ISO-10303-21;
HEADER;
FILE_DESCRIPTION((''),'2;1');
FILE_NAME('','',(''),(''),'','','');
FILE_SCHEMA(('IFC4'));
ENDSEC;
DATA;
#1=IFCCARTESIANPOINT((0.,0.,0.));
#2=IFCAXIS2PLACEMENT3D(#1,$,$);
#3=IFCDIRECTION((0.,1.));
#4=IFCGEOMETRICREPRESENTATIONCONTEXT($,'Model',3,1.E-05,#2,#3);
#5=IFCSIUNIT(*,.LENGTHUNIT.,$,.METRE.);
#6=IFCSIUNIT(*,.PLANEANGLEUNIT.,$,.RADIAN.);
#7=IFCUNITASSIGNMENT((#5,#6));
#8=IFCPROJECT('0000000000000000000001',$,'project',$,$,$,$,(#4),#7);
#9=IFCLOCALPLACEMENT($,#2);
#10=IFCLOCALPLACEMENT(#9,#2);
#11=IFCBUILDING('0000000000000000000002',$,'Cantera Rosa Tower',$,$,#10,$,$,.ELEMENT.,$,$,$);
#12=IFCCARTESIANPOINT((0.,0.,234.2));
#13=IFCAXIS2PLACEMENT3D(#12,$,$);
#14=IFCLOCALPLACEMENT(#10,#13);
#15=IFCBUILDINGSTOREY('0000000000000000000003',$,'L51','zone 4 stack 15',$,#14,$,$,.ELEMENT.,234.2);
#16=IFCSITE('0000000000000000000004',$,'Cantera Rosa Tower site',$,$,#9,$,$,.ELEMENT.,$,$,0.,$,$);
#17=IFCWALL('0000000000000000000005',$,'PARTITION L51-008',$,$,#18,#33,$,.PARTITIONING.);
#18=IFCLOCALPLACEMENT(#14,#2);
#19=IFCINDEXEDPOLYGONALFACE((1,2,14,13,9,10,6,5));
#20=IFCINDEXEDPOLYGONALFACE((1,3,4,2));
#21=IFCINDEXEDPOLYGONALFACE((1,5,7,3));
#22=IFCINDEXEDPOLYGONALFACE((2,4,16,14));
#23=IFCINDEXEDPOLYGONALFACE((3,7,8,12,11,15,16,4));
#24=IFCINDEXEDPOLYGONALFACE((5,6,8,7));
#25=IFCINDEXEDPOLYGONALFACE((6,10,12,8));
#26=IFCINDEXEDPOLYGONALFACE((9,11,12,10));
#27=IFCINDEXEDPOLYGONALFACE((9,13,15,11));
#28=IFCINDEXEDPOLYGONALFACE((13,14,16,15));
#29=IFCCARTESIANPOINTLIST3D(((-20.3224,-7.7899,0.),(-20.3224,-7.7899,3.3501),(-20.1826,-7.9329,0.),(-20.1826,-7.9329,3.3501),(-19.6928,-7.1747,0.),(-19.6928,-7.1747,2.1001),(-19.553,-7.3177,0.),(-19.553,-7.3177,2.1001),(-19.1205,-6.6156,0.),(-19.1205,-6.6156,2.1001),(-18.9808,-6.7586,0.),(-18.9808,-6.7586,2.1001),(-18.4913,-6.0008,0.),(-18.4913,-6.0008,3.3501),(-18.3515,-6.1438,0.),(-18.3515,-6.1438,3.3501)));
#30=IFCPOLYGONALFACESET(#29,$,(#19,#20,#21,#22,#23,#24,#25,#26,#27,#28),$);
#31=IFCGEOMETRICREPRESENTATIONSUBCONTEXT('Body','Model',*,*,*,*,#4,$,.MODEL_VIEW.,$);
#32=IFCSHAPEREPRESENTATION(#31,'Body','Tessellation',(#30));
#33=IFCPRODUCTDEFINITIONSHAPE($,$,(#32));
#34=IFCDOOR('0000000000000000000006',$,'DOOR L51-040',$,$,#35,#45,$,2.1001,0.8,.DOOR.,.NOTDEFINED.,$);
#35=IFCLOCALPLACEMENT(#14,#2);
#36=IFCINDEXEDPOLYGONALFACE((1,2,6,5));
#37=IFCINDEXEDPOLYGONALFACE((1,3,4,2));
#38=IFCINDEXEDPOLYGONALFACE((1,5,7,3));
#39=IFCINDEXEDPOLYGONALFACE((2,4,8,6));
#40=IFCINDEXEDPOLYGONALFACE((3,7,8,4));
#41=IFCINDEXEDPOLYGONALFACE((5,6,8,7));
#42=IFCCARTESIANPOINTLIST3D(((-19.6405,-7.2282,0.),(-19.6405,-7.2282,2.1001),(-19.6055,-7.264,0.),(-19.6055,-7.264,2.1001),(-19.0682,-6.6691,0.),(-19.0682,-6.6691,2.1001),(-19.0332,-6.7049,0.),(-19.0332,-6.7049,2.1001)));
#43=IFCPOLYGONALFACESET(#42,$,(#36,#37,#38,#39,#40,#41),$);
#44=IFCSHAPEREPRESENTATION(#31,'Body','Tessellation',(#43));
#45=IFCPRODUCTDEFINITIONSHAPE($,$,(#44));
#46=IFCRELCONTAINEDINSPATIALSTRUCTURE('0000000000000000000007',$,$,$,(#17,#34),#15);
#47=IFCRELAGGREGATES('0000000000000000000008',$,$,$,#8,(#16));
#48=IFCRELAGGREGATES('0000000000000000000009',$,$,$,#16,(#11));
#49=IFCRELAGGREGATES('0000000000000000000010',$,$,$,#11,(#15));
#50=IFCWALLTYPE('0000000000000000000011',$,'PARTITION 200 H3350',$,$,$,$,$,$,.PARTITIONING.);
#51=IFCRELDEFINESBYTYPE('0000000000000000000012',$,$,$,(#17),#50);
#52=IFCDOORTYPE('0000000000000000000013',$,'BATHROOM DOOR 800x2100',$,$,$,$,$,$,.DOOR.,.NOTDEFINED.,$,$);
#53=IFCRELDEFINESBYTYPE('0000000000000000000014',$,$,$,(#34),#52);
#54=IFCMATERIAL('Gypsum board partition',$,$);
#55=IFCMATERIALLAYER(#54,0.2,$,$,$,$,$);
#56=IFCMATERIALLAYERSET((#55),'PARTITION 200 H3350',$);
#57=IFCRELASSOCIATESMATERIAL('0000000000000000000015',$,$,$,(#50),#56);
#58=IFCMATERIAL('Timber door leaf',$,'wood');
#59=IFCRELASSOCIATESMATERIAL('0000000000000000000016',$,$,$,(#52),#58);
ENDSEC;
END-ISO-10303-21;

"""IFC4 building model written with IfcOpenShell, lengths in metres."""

from ifc_helpers import new_model, si_unit, direction, frame, frame_2d, origin, place, context, subcontext, project, spatial, rectangle, extrude, material, layer, layer_set, type_object, element, fill, save


model = new_model("IFC4")

# Units and contexts
model_context = context("Model", 3, precision=1e-05, world=origin(), true_north=direction((0.0, 1.0)))
body_context = subcontext(model_context, "Body", "Model", "MODEL_VIEW")
ifc_project = project(units=[si_unit("LENGTHUNIT", "METRE"), si_unit("PLANEANGLEUNIT", "RADIAN")], contexts=[model_context])

# Site, building, storey
site_placement = place(None, origin())
site = spatial("IfcSite", under=ifc_project, at=site_placement, Name="Cantera Rosa Tower site", CompositionType="ELEMENT", RefElevation=0.0)
building_placement = place(site_placement, origin())
building = spatial("IfcBuilding", under=site, at=building_placement, Name="Cantera Rosa Tower", CompositionType="ELEMENT")
storey_placement = place(building_placement, frame((0.0, 0.0, 234.2)))
storey = spatial("IfcBuildingStorey", under=building, at=storey_placement, Name="L51", Description="zone 4 stack 15", CompositionType="ELEMENT", Elevation=234.2)

# Shared definitions
ifc_material_1 = material(Name="Gypsum board partition")
ifc_layer_1 = layer(ifc_material_1, 0.2)
ifc_layer_set_1 = layer_set([ifc_layer_1], Name="PARTITION 200 H3350")
wall_type_1 = type_object("IfcWallType", Name="PARTITION 200 H3350", PredefinedType="PARTITIONING", material=ifc_layer_set_1)

# Wall, opening, door
wall_1_placement = place(storey_placement, frame((-18.4214, -6.0723, 0.0), z_axis=(0.0, 0.0, 1.0), x_axis=(-0.715261, -0.698858, 0.0)))
wall_1 = element("IfcWall", 1, at=wall_1_placement, inside=storey, type_object=wall_type_1, Name="PARTITION L51-008", PredefinedType="PARTITIONING", context=body_context, shape_type="SweptSolid", body=[
    extrude(rectangle(XDim=2.5601, YDim=0.2, at=frame_2d((1.28, 0.0))), origin(), (0.0, 0.0, 1.0), 3.3501),
])
opening_1_placement = place(wall_1_placement, frame((0.8799, 0.0, 0.0)))
opening_1 = element("IfcOpeningElement", 2, at=opening_1_placement, cuts=wall_1, PredefinedType="OPENING", context=body_context, shape_type="SweptSolid", body=[
    extrude(rectangle(XDim=0.8, YDim=2.1001, at=frame_2d((0.3999, 1.05))), frame((0.0, 0.1099, 0.0), z_axis=(0.0, -1.0, 0.0), x_axis=(1.0, 0.0, 0.0)), (0.0, 0.0, 1.0), 0.22),
])
ifc_material_2 = material(Name="Timber door leaf", Category="wood")
door_type_1 = type_object("IfcDoorType", Name="BATHROOM DOOR 800x2100", OperationType="NOTDEFINED", PredefinedType="DOOR", material=ifc_material_2)
door_1_placement = place(opening_1_placement, origin())
door_1 = element("IfcDoor", 3, at=door_1_placement, inside=storey, type_object=door_type_1, Name="DOOR L51-040", OperationType="NOTDEFINED", OverallHeight=2.1001, OverallWidth=0.8, PredefinedType="DOOR", context=body_context, shape_type="SweptSolid", body=[
    extrude(rectangle(XDim=0.8, YDim=2.1001, at=frame_2d((0.3999, 1.05))), frame((0.0, 0.0249, 0.0), z_axis=(0.0, -1.0, 0.0), x_axis=(1.0, 0.0, 0.0)), (0.0, 0.0, 1.0), 0.05),
])
fill(opening_1, door_1)

save(model, "model.ifc")
